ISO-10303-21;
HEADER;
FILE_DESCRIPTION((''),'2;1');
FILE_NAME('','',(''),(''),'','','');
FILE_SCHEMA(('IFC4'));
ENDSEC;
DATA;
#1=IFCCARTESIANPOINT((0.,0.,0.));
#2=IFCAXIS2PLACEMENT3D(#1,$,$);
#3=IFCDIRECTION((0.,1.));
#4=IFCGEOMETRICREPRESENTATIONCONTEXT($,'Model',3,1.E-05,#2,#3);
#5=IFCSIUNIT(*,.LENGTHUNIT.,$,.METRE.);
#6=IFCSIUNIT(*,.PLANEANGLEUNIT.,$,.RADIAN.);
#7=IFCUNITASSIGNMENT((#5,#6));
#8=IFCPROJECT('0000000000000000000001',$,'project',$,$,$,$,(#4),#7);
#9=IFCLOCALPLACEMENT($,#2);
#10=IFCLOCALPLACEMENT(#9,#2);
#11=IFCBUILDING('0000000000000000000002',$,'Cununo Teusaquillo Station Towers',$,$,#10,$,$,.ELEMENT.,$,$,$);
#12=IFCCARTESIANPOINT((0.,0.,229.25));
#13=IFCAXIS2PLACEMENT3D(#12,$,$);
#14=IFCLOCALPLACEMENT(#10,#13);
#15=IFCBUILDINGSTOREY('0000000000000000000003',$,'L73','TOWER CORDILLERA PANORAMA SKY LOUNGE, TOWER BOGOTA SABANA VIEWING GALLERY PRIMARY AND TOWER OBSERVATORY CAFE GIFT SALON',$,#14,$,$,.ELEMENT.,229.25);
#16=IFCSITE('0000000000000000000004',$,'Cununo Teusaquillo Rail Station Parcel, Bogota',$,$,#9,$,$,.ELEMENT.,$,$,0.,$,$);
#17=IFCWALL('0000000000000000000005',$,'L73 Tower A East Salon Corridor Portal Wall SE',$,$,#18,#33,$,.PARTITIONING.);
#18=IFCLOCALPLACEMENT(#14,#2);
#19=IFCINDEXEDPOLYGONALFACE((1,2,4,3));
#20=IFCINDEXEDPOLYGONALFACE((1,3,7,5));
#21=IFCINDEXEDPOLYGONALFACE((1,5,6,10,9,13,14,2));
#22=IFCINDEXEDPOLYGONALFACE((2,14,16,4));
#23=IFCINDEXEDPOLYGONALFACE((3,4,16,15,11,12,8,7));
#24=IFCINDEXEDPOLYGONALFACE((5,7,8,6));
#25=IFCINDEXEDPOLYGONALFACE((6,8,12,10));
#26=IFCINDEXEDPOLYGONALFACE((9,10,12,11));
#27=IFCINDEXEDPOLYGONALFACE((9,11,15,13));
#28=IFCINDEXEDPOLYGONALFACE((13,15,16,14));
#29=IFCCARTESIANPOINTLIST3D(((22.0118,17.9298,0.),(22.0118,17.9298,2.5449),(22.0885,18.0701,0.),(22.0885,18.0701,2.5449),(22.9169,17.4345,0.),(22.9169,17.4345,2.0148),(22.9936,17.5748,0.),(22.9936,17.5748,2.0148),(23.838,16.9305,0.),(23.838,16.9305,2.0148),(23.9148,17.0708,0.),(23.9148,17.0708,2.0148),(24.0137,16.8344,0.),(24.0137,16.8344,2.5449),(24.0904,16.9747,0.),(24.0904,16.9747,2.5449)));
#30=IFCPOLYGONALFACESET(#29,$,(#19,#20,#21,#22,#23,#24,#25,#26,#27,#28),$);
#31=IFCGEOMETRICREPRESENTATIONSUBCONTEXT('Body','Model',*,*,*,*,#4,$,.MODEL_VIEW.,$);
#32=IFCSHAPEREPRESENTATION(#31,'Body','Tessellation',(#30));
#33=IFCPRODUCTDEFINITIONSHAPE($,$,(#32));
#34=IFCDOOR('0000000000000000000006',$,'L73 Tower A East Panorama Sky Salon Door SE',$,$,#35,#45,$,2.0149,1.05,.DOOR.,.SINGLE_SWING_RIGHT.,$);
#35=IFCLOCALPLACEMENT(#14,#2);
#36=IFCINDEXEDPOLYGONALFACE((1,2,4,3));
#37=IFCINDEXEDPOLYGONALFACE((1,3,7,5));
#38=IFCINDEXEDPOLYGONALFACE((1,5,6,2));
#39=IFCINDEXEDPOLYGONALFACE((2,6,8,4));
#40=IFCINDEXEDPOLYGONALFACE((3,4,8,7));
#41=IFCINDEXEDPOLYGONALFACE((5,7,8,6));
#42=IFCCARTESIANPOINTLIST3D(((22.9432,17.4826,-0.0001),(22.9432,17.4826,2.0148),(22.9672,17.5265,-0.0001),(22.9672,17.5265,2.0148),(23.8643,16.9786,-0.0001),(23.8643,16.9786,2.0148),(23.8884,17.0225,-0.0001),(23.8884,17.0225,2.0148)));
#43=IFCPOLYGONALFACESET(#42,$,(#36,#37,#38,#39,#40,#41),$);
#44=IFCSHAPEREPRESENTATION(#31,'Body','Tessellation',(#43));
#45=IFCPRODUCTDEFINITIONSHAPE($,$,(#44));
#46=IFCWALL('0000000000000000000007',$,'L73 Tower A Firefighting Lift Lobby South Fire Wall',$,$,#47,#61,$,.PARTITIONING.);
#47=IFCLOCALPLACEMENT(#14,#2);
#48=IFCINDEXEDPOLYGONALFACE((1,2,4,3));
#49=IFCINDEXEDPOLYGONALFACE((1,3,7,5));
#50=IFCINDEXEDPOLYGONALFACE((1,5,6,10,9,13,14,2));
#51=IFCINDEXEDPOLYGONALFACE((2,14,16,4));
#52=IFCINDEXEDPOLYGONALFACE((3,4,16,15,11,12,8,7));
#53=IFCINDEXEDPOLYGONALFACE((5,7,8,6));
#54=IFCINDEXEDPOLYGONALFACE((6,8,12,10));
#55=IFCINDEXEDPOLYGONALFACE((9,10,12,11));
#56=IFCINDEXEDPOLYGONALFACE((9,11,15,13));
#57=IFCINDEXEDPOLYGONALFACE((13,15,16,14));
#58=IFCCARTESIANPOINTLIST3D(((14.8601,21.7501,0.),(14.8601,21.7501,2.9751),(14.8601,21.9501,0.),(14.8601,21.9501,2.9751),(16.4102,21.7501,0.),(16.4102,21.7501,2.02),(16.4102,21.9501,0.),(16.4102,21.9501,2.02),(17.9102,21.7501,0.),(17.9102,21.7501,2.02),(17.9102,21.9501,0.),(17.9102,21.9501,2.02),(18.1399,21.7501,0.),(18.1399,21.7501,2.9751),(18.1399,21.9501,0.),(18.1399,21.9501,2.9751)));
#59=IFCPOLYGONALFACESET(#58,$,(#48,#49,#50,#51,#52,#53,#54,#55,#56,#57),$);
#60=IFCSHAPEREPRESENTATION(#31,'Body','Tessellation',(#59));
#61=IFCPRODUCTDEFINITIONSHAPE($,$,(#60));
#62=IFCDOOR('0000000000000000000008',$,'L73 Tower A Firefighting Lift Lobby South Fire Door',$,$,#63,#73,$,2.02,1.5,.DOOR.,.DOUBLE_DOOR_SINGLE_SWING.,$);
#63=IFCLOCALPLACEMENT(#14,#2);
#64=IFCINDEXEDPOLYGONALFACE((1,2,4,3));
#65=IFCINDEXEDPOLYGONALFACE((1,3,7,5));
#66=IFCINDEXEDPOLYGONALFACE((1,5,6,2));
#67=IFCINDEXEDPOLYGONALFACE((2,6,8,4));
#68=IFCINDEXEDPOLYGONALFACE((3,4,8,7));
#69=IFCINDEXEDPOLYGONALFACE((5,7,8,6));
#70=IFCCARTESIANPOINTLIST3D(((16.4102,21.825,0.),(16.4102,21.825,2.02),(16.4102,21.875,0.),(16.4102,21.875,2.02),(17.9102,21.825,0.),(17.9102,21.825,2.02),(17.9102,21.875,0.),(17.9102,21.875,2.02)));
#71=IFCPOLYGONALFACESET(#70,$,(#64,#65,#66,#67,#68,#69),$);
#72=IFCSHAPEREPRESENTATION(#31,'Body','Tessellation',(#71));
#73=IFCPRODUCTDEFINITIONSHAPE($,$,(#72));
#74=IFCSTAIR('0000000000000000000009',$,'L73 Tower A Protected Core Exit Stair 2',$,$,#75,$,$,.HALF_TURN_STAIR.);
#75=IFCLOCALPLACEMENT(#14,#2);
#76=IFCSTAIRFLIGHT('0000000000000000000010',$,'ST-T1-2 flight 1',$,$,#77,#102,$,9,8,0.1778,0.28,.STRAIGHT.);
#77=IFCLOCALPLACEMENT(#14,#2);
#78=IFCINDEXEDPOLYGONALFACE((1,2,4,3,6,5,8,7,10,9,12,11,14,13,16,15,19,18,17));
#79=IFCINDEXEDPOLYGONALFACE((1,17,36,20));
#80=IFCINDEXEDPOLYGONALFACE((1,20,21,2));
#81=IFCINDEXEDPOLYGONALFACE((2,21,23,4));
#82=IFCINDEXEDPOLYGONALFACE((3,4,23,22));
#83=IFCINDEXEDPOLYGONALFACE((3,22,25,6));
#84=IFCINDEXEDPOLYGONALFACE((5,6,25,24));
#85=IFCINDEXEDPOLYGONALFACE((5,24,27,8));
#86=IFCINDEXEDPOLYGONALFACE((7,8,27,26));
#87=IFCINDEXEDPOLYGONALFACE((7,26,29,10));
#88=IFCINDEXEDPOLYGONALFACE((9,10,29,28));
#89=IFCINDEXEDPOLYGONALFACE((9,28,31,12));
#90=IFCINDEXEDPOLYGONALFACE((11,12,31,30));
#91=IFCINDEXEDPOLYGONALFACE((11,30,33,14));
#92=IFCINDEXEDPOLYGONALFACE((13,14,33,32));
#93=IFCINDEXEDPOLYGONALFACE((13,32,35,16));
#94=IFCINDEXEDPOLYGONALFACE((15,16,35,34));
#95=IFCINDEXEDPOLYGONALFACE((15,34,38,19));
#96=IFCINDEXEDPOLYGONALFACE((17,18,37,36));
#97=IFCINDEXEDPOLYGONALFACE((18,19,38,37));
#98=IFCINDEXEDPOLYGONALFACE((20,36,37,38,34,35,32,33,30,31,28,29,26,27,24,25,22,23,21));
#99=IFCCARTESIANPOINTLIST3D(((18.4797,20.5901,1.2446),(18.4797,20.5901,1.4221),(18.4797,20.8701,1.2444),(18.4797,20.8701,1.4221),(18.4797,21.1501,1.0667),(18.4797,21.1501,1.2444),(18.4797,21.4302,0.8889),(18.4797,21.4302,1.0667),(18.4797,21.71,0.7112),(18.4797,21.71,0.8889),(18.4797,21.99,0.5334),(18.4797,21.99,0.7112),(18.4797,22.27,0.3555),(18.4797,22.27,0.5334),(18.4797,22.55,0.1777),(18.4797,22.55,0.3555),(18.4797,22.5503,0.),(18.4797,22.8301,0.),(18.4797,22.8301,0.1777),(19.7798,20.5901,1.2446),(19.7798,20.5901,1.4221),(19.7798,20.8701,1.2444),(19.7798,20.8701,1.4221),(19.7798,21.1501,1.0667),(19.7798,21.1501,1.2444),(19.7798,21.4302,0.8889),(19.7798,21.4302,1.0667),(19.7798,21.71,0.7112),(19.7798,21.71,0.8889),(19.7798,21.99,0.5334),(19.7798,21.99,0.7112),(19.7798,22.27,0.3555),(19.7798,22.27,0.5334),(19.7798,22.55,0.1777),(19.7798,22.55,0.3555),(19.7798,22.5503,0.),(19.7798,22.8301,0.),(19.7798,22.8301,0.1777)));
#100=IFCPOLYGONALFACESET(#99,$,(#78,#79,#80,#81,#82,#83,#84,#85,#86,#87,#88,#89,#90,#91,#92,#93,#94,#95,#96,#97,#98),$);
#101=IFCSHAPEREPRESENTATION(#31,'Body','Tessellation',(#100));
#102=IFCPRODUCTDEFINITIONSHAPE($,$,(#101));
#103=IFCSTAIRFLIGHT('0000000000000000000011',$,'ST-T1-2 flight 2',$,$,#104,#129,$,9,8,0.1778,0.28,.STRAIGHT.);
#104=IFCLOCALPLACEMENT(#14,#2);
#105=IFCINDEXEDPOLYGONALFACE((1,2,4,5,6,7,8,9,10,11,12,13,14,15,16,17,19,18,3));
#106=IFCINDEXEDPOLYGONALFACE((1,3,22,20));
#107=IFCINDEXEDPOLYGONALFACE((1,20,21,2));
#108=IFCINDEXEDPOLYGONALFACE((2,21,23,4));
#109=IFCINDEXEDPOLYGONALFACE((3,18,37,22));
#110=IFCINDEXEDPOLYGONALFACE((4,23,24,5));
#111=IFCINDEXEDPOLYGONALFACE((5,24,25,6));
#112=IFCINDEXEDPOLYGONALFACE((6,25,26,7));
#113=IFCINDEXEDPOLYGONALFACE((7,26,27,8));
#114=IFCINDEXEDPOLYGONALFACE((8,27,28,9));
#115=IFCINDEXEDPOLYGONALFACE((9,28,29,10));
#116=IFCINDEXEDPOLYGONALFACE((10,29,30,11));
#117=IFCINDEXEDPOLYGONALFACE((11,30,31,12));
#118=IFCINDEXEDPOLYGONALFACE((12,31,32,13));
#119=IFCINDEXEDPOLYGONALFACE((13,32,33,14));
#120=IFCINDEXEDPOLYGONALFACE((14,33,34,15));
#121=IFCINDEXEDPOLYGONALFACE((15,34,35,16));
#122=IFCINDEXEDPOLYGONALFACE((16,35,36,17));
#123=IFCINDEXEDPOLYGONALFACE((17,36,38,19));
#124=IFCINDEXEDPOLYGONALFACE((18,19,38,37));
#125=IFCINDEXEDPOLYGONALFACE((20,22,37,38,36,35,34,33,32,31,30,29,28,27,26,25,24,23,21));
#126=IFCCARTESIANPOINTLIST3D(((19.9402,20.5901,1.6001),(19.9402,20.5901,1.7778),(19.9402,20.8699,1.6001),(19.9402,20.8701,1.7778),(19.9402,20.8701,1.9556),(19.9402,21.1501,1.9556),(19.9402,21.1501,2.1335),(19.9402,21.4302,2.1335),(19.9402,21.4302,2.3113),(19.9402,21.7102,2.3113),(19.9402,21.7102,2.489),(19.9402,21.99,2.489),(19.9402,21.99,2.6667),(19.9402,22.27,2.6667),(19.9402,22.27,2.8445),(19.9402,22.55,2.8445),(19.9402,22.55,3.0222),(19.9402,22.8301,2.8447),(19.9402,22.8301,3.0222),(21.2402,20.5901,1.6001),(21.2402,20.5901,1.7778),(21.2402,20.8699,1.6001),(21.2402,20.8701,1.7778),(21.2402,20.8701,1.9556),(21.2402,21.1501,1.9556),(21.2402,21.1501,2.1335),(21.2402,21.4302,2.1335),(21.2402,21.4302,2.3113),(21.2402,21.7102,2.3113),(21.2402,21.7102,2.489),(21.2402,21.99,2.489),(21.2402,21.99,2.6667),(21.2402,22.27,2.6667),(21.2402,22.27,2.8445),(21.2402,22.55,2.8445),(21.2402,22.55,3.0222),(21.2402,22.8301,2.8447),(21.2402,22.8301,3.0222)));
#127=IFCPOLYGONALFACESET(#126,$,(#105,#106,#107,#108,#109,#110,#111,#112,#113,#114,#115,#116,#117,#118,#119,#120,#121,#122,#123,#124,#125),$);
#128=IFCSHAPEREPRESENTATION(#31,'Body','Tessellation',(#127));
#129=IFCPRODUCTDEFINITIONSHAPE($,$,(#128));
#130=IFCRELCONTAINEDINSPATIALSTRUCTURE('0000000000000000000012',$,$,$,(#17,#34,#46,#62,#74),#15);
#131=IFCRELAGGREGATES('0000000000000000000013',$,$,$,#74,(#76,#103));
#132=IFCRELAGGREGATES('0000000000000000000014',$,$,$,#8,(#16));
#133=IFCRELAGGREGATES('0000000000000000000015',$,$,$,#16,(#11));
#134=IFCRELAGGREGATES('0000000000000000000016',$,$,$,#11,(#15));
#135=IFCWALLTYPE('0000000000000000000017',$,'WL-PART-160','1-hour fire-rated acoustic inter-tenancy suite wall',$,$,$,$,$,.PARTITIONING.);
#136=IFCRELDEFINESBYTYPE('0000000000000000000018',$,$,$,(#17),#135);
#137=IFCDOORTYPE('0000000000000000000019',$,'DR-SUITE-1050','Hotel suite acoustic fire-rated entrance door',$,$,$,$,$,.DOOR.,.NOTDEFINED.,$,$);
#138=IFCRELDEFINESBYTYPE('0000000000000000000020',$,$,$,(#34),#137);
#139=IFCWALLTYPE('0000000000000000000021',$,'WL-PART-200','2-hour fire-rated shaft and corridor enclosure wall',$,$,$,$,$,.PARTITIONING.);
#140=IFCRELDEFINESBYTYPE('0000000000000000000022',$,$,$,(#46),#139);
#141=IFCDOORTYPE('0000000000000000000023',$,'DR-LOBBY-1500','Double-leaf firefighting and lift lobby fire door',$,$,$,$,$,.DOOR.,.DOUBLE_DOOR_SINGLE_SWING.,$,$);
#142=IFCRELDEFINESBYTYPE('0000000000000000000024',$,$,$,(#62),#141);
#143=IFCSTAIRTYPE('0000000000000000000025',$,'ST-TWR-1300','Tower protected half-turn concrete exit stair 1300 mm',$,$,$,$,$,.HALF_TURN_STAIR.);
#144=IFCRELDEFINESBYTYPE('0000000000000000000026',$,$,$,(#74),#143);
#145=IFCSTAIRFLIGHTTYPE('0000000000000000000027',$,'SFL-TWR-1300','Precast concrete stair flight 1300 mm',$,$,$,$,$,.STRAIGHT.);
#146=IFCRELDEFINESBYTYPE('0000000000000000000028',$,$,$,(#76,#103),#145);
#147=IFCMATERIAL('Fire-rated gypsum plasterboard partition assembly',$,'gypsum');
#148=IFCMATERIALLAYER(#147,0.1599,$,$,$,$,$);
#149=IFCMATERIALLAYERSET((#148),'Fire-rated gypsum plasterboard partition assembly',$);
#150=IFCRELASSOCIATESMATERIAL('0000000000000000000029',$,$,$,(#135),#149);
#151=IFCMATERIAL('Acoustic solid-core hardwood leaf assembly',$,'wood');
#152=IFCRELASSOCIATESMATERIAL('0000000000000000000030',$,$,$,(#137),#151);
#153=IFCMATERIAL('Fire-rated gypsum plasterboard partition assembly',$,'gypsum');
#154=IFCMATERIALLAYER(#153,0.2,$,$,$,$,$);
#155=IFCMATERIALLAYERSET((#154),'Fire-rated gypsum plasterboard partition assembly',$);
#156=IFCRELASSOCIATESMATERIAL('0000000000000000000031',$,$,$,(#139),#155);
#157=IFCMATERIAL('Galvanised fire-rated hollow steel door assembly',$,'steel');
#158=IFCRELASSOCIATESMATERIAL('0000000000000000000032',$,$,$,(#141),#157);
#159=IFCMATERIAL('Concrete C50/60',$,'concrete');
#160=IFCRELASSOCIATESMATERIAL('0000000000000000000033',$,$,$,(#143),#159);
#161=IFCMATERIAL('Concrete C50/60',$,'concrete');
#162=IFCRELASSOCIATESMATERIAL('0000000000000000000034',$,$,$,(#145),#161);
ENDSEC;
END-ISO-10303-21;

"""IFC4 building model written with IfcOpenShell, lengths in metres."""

from ifc_helpers import new_model, si_unit, direction, frame, frame_2d, origin, place, context, subcontext, project, spatial, polyline, rectangle, outline, extrude, source, transform, mapped, material, layer, layer_set, type_object, element, fill, aggregate, save


model = new_model("IFC4")

# Units and contexts
model_context = context("Model", 3, precision=1e-05, world=origin(), true_north=direction((0.0, 1.0)))
body_context = subcontext(model_context, "Body", "Model", "MODEL_VIEW")
ifc_project = project(units=[si_unit("LENGTHUNIT", "METRE"), si_unit("PLANEANGLEUNIT", "RADIAN")], contexts=[model_context])

# Site, building, storey
site_placement = place(None, origin())
site = spatial("IfcSite", under=ifc_project, at=site_placement, Name="Cununo Teusaquillo Rail Station Parcel, Bogota", CompositionType="ELEMENT", RefElevation=0.0)
building_placement = place(site_placement, origin())
building = spatial("IfcBuilding", under=site, at=building_placement, Name="Cununo Teusaquillo Station Towers", CompositionType="ELEMENT")
storey_placement = place(building_placement, frame((0.0, 0.0, 229.25)))
storey = spatial("IfcBuildingStorey", under=building, at=storey_placement, Name="L73", Description="TOWER CORDILLERA PANORAMA SKY LOUNGE, TOWER BOGOTA SABANA VIEWING GALLERY PRIMARY AND TOWER OBSERVATORY CAFE GIFT SALON", CompositionType="ELEMENT", Elevation=229.25)

# Walls, openings, doors
ifc_material_1 = material(Name="Fire-rated gypsum plasterboard partition assembly", Category="gypsum")
ifc_layer_1 = layer(ifc_material_1, 0.1599)
ifc_layer_set_1 = layer_set([ifc_layer_1], Name="Fire-rated gypsum plasterboard partition assembly")
wall_type_1 = type_object("IfcWallType", Name="WL-PART-160", Description="1-hour fire-rated acoustic inter-tenancy suite wall", PredefinedType="PARTITIONING", material=ifc_layer_set_1)
wall_1_placement = place(storey_placement, frame((22.05, 18.0, 0.0), z_axis=(0.0, 0.0, 1.0), x_axis=(0.877253, -0.480029, 0.0)))
wall_1 = element("IfcWall", 1, at=wall_1_placement, inside=storey, type_object=wall_type_1, Name="L73 Tower A East Salon Corridor Portal Wall SE", PredefinedType="PARTITIONING", context=body_context, shape_type="SweptSolid", body=[
    extrude(rectangle(XDim=2.282, YDim=0.1599, at=frame_2d((1.1411, 0.0))), origin(), (0.0, 0.0, 1.0), 2.5449),
])
shared_shape_1 = source(origin(), body_context, "Body", "SweptSolid", [
    extrude(rectangle(XDim=1.05, YDim=2.0149, at=frame_2d((0.5249, 1.0073))), frame((0.0, 0.0898, 0.0), z_axis=(0.0, -1.0, 0.0), x_axis=(1.0, 0.0, 0.0)), (0.0, 0.0, 1.0), 0.1799),
])
opening_1_placement = place(wall_1_placement, frame((1.032, 0.0, 0.0)))
opening_1 = element("IfcOpeningElement", 2, at=opening_1_placement, cuts=wall_1, PredefinedType="OPENING", context=body_context, shape_type="MappedRepresentation", body=[
    mapped(shared_shape_1, transform((0.0, 0.0, 0.0), x_axis=(1.0, 0.0, 0.0), y_axis=(0.0, 1.0, 0.0), z_axis=(0.0, 0.0, 1.0), scale=1.0)),
])
ifc_material_2 = material(Name="Acoustic solid-core hardwood leaf assembly", Category="wood")
door_type_1 = type_object("IfcDoorType", Name="DR-SUITE-1050", Description="Hotel suite acoustic fire-rated entrance door", OperationType="NOTDEFINED", PredefinedType="DOOR", material=ifc_material_2)
shared_shape_2 = source(origin(), body_context, "Body", "SweptSolid", [
    extrude(rectangle(XDim=1.05, YDim=2.0149, at=frame_2d((0.5249, 1.0073))), frame((0.0, 0.0249, 0.0), z_axis=(0.0, -1.0, 0.0), x_axis=(1.0, 0.0, 0.0)), (0.0, 0.0, 1.0), 0.05),
])
door_1_placement = place(opening_1_placement, origin())
door_1 = element("IfcDoor", 3, at=door_1_placement, inside=storey, type_object=door_type_1, Name="L73 Tower A East Panorama Sky Salon Door SE", OperationType="SINGLE_SWING_RIGHT", OverallHeight=2.0149, OverallWidth=1.05, PredefinedType="DOOR", context=body_context, shape_type="MappedRepresentation", body=[
    mapped(shared_shape_2, transform((0.0, 0.0, 0.0), x_axis=(1.0, 0.0, 0.0), y_axis=(0.0, 1.0, 0.0), z_axis=(0.0, 0.0, 1.0), scale=1.0)),
])
fill(opening_1, door_1)
ifc_material_3 = material(Name="Fire-rated gypsum plasterboard partition assembly", Category="gypsum")
ifc_layer_2 = layer(ifc_material_3, 0.2)
ifc_layer_set_2 = layer_set([ifc_layer_2], Name="Fire-rated gypsum plasterboard partition assembly")
wall_type_2 = type_object("IfcWallType", Name="WL-PART-200", Description="2-hour fire-rated shaft and corridor enclosure wall", PredefinedType="PARTITIONING", material=ifc_layer_set_2)
wall_2_placement = place(storey_placement, frame((14.8601, 21.8501, 0.0), z_axis=(0.0, 0.0, 1.0), x_axis=(1.0, 0.0, 0.0)))
wall_2 = element("IfcWall", 4, at=wall_2_placement, inside=storey, type_object=wall_type_2, Name="L73 Tower A Firefighting Lift Lobby South Fire Wall", PredefinedType="PARTITIONING", context=body_context, shape_type="SweptSolid", body=[
    extrude(rectangle(XDim=3.2798, YDim=0.2, at=frame_2d((1.6399, 0.0))), origin(), (0.0, 0.0, 1.0), 2.9751),
])
shared_shape_3 = source(origin(), body_context, "Body", "SweptSolid", [
    extrude(rectangle(XDim=1.5, YDim=2.02, at=frame_2d((0.75, 1.01))), frame((0.0, 0.1099, 0.0), z_axis=(0.0, -1.0, 0.0), x_axis=(1.0, 0.0, 0.0)), (0.0, 0.0, 1.0), 0.22),
])
opening_2_placement = place(wall_2_placement, frame((1.55, 0.0, 0.0)))
opening_2 = element("IfcOpeningElement", 5, at=opening_2_placement, cuts=wall_2, PredefinedType="OPENING", context=body_context, shape_type="MappedRepresentation", body=[
    mapped(shared_shape_3, transform((0.0, 0.0, 0.0), x_axis=(1.0, 0.0, 0.0), y_axis=(0.0, 1.0, 0.0), z_axis=(0.0, 0.0, 1.0), scale=1.0)),
])
ifc_material_4 = material(Name="Galvanised fire-rated hollow steel door assembly", Category="steel")
door_type_2 = type_object("IfcDoorType", Name="DR-LOBBY-1500", Description="Double-leaf firefighting and lift lobby fire door", OperationType="DOUBLE_DOOR_SINGLE_SWING", PredefinedType="DOOR", material=ifc_material_4)
shared_shape_4 = source(origin(), body_context, "Body", "SweptSolid", [
    extrude(rectangle(XDim=1.5, YDim=2.02, at=frame_2d((0.75, 1.01))), frame((0.0, 0.0249, 0.0), z_axis=(0.0, -1.0, 0.0), x_axis=(1.0, 0.0, 0.0)), (0.0, 0.0, 1.0), 0.05),
])
door_2_placement = place(opening_2_placement, origin())
door_2 = element("IfcDoor", 6, at=door_2_placement, inside=storey, type_object=door_type_2, Name="L73 Tower A Firefighting Lift Lobby South Fire Door", OperationType="DOUBLE_DOOR_SINGLE_SWING", OverallHeight=2.02, OverallWidth=1.5, PredefinedType="DOOR", context=body_context, shape_type="MappedRepresentation", body=[
    mapped(shared_shape_4, transform((0.0, 0.0, 0.0), x_axis=(1.0, 0.0, 0.0), y_axis=(0.0, 1.0, 0.0), z_axis=(0.0, 0.0, 1.0), scale=1.0)),
])
fill(opening_2, door_2)

# Stair, stair flights
ifc_material_5 = material(Name="Concrete C50/60", Category="concrete")
stair_type = type_object("IfcStairType", Name="ST-TWR-1300", Description="Tower protected half-turn concrete exit stair 1300 mm", PredefinedType="HALF_TURN_STAIR", material=ifc_material_5)
stair_placement = place(storey_placement, origin())
stair = element("IfcStair", 7, at=stair_placement, inside=storey, type_object=stair_type, Name="L73 Tower A Protected Core Exit Stair 2", PredefinedType="HALF_TURN_STAIR")
ifc_material_6 = material(Name="Concrete C50/60", Category="concrete")
stair_flight_type = type_object("IfcStairFlightType", Name="SFL-TWR-1300", Description="Precast concrete stair flight 1300 mm", PredefinedType="STRAIGHT", material=ifc_material_6)
stair_flight_1_placement = place(storey_placement, frame((19.1299, 22.8301, 0.0), z_axis=(0.0, 0.0, 1.0), x_axis=(0.0, -1.0, 0.0)))
stair_flight_1 = element("IfcStairFlight", 8, at=stair_flight_1_placement, type_object=stair_flight_type, Name="ST-T1-2 flight 1", NumberOfRisers=9, NumberOfTreads=8, PredefinedType="STRAIGHT", RiserHeight=0.1778, TreadLength=0.28, context=body_context, shape_type="SweptSolid", body=[
    extrude(outline(polyline([(0.0, 0.0), (0.0, 0.1777), (0.28, 0.1777), (0.28, 0.3555), (0.5601, 0.3555), (0.5601, 0.5334), (0.8401, 0.5334), (0.8401, 0.7112), (1.1201, 0.7112), (1.1201, 0.8889), (1.3999, 0.8889), (1.3999, 1.0667), (1.6799, 1.0667), (1.6799, 1.2444), (1.96, 1.2444), (1.96, 1.4221), (2.24, 1.4221), (2.24, 1.6001), (2.24, 1.2446), (0.2798, 0.0), (0.0, 0.0)])), frame((0.0, 0.6499, 0.0), z_axis=(0.0, -1.0, 0.0), x_axis=(1.0, 0.0, 0.0)), (0.0, 0.0, 1.0), 1.3),
])
stair_flight_2_placement = place(storey_placement, frame((20.5901, 20.5901, 1.6001), z_axis=(0.0, 0.0, 1.0), x_axis=(0.0, 1.0, 0.0)))
stair_flight_2 = element("IfcStairFlight", 9, at=stair_flight_2_placement, type_object=stair_flight_type, Name="ST-T1-2 flight 2", NumberOfRisers=9, NumberOfTreads=8, PredefinedType="STRAIGHT", RiserHeight=0.1778, TreadLength=0.28, context=body_context, shape_type="SweptSolid", body=[
    extrude(outline(polyline([(0.0, 0.0), (0.0, 0.1777), (0.28, 0.1777), (0.28, 0.3555), (0.5601, 0.3555), (0.5601, 0.5334), (0.8401, 0.5334), (0.8401, 0.7112), (1.1201, 0.7112), (1.1201, 0.8889), (1.3999, 0.8889), (1.3999, 1.0667), (1.6799, 1.0667), (1.6799, 1.2444), (1.96, 1.2444), (1.96, 1.4221), (2.24, 1.4221), (2.24, 1.6001), (2.24, 1.2446), (0.2798, 0.0), (0.0, 0.0)])), frame((0.0, 0.6499, 0.0), z_axis=(0.0, -1.0, 0.0), x_axis=(1.0, 0.0, 0.0)), (0.0, 0.0, 1.0), 1.3),
])
aggregate(stair, [stair_flight_1, stair_flight_2])

save(model, "model.ifc")
